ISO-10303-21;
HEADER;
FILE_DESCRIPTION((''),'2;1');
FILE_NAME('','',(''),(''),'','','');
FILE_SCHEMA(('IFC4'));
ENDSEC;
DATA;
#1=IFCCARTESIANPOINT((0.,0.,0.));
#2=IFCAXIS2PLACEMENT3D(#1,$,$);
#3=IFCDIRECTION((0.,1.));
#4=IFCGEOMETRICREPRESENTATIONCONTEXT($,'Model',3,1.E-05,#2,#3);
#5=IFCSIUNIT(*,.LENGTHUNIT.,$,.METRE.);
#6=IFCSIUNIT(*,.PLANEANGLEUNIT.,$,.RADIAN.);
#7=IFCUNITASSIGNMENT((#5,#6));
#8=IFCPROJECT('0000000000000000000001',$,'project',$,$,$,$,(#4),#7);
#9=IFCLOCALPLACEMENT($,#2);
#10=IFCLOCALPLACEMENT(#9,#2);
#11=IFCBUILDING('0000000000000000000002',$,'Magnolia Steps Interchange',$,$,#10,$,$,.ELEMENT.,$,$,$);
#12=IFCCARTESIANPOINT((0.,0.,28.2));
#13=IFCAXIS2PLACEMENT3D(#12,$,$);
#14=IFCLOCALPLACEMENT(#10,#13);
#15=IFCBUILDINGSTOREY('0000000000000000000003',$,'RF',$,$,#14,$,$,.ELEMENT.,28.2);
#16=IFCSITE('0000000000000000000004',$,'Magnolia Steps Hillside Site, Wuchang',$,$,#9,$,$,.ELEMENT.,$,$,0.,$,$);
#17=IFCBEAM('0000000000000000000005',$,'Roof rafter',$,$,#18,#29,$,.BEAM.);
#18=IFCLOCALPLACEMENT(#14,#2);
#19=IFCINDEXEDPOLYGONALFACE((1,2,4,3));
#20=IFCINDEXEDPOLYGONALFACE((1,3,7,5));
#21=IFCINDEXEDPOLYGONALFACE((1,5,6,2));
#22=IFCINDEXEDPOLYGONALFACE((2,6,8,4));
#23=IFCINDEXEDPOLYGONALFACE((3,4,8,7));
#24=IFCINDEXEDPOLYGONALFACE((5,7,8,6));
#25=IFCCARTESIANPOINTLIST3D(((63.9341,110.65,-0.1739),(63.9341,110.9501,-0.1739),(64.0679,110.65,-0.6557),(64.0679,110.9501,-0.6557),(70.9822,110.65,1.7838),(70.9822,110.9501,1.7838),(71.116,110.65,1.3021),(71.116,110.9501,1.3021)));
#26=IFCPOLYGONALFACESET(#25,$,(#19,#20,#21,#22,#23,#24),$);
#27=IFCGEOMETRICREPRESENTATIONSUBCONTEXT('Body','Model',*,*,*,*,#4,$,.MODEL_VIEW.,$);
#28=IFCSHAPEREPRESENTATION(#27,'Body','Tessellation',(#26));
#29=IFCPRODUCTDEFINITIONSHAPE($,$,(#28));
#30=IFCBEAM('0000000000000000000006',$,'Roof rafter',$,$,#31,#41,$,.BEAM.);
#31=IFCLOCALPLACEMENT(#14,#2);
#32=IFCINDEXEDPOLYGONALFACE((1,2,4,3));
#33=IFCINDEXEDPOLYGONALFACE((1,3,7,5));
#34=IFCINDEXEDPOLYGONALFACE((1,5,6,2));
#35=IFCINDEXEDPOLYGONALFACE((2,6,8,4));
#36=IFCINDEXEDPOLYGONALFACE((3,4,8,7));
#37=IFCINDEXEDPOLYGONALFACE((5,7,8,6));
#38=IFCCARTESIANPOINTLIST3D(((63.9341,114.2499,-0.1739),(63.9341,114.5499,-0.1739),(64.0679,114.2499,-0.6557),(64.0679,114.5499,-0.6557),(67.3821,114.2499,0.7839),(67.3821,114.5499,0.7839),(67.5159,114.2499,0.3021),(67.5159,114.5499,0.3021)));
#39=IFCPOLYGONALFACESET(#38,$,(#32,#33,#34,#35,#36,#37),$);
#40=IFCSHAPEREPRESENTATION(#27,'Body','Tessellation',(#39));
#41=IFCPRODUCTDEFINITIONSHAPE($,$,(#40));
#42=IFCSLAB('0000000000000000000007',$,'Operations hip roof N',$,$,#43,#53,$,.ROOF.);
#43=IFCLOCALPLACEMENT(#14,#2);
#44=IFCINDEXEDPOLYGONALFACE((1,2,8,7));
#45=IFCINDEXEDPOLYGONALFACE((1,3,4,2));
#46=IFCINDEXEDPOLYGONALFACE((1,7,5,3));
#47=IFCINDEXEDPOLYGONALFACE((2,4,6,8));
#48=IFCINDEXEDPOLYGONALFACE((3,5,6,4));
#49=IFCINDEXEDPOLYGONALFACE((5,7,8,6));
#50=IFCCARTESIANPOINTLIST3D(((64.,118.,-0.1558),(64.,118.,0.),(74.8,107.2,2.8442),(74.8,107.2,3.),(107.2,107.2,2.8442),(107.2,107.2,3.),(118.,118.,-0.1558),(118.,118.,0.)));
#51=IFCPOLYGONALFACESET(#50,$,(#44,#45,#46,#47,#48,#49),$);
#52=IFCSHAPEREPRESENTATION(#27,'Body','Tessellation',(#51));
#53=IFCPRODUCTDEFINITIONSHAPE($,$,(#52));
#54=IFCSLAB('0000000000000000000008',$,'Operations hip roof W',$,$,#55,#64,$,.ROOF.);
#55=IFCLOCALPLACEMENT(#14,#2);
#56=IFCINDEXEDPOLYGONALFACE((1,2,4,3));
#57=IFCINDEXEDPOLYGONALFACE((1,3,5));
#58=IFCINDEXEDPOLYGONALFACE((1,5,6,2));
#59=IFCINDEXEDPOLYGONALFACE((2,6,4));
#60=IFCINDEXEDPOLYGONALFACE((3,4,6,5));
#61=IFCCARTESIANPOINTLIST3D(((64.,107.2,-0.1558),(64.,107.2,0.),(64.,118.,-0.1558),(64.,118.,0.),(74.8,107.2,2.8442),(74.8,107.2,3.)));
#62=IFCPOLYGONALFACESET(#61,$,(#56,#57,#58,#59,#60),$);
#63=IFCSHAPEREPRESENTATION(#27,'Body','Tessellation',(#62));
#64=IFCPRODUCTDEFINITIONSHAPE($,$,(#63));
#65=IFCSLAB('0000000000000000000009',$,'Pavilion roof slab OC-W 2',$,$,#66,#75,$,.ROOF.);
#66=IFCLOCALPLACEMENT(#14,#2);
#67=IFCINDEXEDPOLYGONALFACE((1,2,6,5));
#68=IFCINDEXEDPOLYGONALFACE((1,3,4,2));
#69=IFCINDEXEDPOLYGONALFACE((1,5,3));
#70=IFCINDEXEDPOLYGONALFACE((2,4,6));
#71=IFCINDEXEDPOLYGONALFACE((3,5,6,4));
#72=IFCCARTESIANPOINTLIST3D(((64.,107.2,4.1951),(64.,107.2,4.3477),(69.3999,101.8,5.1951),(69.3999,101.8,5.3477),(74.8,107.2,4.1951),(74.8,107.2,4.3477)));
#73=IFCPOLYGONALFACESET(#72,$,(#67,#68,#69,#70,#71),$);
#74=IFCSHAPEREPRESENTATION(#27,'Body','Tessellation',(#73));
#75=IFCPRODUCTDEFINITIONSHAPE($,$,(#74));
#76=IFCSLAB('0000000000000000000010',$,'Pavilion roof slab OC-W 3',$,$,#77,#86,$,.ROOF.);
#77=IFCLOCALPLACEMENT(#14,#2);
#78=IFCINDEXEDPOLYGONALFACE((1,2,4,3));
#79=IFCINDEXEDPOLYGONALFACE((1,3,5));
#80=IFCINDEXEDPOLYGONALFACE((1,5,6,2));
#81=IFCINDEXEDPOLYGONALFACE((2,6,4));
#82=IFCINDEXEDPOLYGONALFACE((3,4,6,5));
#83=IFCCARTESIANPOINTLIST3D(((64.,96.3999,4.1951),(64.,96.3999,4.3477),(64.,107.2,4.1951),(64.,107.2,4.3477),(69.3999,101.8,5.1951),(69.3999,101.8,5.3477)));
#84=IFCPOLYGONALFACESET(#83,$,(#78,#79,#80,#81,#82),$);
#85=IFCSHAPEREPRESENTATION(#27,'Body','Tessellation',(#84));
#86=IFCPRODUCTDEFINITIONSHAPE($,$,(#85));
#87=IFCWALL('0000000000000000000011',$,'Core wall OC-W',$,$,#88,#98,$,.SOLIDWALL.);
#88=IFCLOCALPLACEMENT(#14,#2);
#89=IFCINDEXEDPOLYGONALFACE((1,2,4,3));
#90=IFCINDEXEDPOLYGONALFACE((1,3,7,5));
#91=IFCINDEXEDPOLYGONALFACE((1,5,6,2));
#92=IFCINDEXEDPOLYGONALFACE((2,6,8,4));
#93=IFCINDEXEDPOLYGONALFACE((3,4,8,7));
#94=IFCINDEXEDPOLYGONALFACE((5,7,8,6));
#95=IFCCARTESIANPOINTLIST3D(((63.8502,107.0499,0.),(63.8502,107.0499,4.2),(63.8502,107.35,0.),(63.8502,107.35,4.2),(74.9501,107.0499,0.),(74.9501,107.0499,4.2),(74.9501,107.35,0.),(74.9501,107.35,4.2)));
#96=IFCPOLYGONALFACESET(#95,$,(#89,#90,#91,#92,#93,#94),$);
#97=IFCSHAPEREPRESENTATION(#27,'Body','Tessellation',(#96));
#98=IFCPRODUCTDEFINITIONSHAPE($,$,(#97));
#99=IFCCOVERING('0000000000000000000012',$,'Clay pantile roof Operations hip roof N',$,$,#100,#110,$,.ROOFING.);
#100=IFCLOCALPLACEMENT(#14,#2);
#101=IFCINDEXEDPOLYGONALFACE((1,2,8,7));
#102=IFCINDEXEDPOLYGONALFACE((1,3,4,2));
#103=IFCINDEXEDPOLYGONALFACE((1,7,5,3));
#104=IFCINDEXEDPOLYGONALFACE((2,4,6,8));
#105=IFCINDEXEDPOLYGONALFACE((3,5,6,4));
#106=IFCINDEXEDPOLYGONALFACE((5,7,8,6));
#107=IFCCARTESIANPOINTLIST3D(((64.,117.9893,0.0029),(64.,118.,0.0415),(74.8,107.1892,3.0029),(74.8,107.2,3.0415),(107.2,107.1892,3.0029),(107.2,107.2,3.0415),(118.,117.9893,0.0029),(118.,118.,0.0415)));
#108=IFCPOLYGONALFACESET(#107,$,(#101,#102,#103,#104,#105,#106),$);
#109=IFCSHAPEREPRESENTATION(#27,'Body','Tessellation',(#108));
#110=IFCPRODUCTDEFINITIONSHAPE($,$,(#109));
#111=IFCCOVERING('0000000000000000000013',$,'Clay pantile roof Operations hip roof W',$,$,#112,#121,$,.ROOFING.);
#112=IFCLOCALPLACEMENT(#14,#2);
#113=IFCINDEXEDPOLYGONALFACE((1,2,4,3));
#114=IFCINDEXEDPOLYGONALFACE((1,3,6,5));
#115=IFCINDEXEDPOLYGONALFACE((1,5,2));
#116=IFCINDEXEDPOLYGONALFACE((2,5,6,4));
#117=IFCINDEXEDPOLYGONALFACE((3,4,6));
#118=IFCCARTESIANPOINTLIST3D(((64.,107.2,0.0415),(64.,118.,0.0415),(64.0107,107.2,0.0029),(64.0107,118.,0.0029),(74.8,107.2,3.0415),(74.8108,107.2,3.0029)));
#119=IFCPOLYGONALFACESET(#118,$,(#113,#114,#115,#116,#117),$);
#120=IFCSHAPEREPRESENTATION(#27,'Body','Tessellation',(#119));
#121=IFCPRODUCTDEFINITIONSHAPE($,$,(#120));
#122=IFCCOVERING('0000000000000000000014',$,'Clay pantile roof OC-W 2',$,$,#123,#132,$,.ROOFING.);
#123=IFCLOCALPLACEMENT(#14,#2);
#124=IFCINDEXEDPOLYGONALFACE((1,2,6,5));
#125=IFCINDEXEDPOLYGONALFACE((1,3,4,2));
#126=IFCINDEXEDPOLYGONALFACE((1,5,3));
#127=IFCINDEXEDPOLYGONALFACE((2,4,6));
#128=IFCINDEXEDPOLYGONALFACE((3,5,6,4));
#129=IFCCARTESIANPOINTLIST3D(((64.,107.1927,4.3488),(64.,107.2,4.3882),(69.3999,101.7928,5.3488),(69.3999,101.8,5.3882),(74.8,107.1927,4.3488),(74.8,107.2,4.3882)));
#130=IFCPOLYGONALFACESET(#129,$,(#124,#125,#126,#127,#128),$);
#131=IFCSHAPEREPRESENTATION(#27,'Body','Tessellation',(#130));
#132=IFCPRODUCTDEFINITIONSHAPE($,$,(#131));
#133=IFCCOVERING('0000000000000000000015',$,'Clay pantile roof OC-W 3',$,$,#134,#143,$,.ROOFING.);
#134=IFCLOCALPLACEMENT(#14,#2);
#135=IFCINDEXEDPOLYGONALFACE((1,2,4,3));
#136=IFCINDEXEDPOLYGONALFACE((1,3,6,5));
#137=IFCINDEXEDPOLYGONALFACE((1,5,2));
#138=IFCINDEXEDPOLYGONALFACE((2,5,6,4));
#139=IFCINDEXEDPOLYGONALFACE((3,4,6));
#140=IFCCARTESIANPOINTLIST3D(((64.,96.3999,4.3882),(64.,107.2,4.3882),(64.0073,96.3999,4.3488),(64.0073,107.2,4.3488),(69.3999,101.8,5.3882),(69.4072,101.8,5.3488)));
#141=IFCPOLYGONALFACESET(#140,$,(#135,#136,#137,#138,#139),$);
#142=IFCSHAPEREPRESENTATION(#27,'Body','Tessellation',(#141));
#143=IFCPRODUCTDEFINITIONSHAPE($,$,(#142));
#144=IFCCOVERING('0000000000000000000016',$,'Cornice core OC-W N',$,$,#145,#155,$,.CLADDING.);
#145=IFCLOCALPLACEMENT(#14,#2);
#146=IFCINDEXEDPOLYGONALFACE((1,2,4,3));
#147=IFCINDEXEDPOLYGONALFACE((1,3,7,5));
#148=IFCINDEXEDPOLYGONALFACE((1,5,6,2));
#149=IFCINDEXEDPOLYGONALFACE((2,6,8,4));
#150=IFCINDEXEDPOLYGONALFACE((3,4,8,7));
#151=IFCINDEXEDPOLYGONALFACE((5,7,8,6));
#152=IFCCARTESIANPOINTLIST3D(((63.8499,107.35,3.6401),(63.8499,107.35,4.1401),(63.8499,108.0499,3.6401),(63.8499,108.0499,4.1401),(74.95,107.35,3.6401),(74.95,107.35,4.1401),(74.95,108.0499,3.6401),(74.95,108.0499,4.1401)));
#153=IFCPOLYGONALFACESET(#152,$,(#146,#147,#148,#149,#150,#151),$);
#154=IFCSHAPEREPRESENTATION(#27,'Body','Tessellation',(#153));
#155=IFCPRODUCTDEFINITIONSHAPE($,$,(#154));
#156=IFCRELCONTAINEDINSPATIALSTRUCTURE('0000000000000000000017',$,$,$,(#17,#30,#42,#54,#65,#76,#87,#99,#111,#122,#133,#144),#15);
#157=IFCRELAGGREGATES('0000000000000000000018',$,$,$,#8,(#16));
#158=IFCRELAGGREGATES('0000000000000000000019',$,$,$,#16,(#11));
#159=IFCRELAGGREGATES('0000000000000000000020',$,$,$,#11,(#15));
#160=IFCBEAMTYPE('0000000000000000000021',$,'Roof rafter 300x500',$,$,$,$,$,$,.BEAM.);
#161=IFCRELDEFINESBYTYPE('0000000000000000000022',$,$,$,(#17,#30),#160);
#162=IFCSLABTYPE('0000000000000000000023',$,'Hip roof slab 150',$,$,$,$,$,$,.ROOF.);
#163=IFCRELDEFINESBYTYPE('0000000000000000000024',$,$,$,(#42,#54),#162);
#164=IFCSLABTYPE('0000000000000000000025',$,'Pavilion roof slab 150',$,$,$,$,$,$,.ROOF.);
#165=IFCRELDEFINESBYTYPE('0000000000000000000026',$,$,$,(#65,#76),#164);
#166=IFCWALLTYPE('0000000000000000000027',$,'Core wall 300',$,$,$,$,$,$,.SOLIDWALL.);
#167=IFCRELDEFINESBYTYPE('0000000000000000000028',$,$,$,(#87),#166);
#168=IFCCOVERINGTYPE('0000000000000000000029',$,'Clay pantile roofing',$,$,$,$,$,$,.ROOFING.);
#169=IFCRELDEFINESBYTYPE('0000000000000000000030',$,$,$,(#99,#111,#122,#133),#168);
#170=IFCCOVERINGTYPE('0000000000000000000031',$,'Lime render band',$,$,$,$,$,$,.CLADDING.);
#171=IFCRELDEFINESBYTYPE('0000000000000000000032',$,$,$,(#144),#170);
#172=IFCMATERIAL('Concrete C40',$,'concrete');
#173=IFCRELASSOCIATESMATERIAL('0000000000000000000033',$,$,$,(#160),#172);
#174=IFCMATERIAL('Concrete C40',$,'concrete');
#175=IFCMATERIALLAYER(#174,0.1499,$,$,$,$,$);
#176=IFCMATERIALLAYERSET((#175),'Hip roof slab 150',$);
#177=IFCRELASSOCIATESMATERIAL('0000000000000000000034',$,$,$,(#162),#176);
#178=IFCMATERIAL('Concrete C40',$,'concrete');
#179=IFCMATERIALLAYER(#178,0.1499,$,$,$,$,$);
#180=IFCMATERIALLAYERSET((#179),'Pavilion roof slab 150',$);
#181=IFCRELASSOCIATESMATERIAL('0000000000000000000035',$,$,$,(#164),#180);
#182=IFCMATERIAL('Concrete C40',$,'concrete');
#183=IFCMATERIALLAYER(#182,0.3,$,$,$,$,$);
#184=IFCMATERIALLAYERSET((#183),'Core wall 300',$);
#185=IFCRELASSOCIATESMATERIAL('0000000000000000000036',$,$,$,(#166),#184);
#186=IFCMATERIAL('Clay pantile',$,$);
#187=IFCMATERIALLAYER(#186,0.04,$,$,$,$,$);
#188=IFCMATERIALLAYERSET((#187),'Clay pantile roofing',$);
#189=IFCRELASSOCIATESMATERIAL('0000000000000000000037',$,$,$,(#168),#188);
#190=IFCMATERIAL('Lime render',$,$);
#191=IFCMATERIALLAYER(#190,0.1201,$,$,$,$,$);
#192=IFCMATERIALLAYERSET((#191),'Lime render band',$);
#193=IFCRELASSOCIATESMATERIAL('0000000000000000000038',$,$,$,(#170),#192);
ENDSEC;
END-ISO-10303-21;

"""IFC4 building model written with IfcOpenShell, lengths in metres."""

from ifc_helpers import new_model, si_unit, direction, frame, frame_2d, origin, origin_2d, place, context, subcontext, project, spatial, polyline, rectangle, outline, extrude, material, layer, layer_set, material_profile, profile_set, type_object, element, save


model = new_model("IFC4")

# Units and contexts
model_context = context("Model", 3, precision=1e-05, world=origin(), true_north=direction((0.0, 1.0)))
body_context = subcontext(model_context, "Body", "Model", "MODEL_VIEW")
ifc_project = project(units=[si_unit("LENGTHUNIT", "METRE"), si_unit("PLANEANGLEUNIT", "RADIAN")], contexts=[model_context])

# Site, building, storey
site_placement = place(None, origin())
site = spatial("IfcSite", under=ifc_project, at=site_placement, Name="Magnolia Steps Hillside Site, Wuchang", CompositionType="ELEMENT", RefElevation=0.0)
building_placement = place(site_placement, origin())
building = spatial("IfcBuilding", under=site, at=building_placement, Name="Magnolia Steps Interchange", CompositionType="ELEMENT")
storey_placement = place(building_placement, frame((0.0, 0.0, 28.2)))
storey = spatial("IfcBuildingStorey", under=building, at=storey_placement, Name="RF", CompositionType="ELEMENT", Elevation=28.2)

# Beams
ifc_material_1 = material(Name="Concrete C40", Category="concrete")
ifc_material_profile_1 = material_profile(ifc_material_1, rectangle(XDim=0.3, YDim=0.5, at=origin_2d()), Name="RC300x500")
ifc_profile_set_1 = profile_set([ifc_material_profile_1], Name="Concrete C40")
beam_type_1 = type_object("IfcBeamType", Name="Roof rafter 300x500", PredefinedType="BEAM", material=ifc_profile_set_1)
beam_1_placement = place(storey_placement, frame((64.001, 110.8, -0.4148), z_axis=(0.963519, 0.0, 0.267639), x_axis=(0.0, 1.0, 0.0)))
element("IfcBeam", 1, at=beam_1_placement, inside=storey, type_object=beam_type_1, Name="Roof rafter", PredefinedType="BEAM", context=body_context, shape_type="SweptSolid", body=[
    extrude(rectangle(XDim=0.3, YDim=0.5, at=origin_2d()), origin(), (0.0, 0.0, 1.0), 7.3149),
])
beam_2_placement = place(storey_placement, frame((64.001, 114.3999, -0.4148), z_axis=(0.963519, 0.0, 0.26764), x_axis=(0.0, 1.0, 0.0)))
element("IfcBeam", 2, at=beam_2_placement, inside=storey, type_object=beam_type_1, Name="Roof rafter", PredefinedType="BEAM", context=body_context, shape_type="SweptSolid", body=[
    extrude(rectangle(XDim=0.3, YDim=0.5, at=origin_2d()), origin(), (0.0, 0.0, 1.0), 3.5786),
])

# Slabs
ifc_material_2 = material(Name="Concrete C40", Category="concrete")
ifc_layer_1 = layer(ifc_material_2, 0.1499)
ifc_layer_set_1 = layer_set([ifc_layer_1], Name="Hip roof slab 150")
slab_type_1 = type_object("IfcSlabType", Name="Hip roof slab 150", PredefinedType="ROOF", material=ifc_layer_set_1)
slab_1_placement = place(storey_placement, frame((74.8, 107.2, 3.0), z_axis=(0.0, 0.267643, 0.963518), x_axis=(1.0, 0.0, 0.0)))
element("IfcSlab", 3, at=slab_1_placement, inside=storey, type_object=slab_type_1, Name="Operations hip roof N", PredefinedType="ROOF", context=body_context, shape_type="SweptSolid", body=[
    extrude(outline(polyline([(0.0, 0.0), (32.3999, 0.0), (43.2, 11.209), (-10.8, 11.209), (0.0, 0.0)])), origin(), (0.0, 0.267643, -0.963518), 0.1558),
])
slab_2_placement = place(storey_placement, frame((64.0, 107.2, 0.0), z_axis=(-0.267643, 0.0, 0.963518), x_axis=(0.963518, 0.0, 0.267643)))
element("IfcSlab", 4, at=slab_2_placement, inside=storey, type_object=slab_type_1, Name="Operations hip roof W", PredefinedType="ROOF", context=body_context, shape_type="SweptSolid", body=[
    extrude(outline(polyline([(0.0, 0.0), (11.209, 0.0), (0.0, 10.8), (0.0, 0.0)])), origin(), (-0.267643, 0.0, -0.963518), 0.1558),
])
ifc_material_3 = material(Name="Concrete C40", Category="concrete")
ifc_layer_2 = layer(ifc_material_3, 0.1499)
ifc_layer_set_2 = layer_set([ifc_layer_2], Name="Pavilion roof slab 150")
slab_type_2 = type_object("IfcSlabType", Name="Pavilion roof slab 150", PredefinedType="ROOF", material=ifc_layer_set_2)
slab_3_placement = place(storey_placement, frame((74.8, 107.2, 4.3477), z_axis=(0.0, 0.182092, 0.983281), x_axis=(-1.0, 0.0, 0.0)))
element("IfcSlab", 5, at=slab_3_placement, inside=storey, type_object=slab_type_2, Name="Pavilion roof slab OC-W 2", PredefinedType="ROOF", context=body_context, shape_type="SweptSolid", body=[
    extrude(outline(polyline([(0.0, 0.0), (10.8, 0.0), (5.4001, 5.4917), (0.0, 0.0)])), origin(), (0.0, -0.182092, -0.983281), 0.1526),
])
slab_4_placement = place(storey_placement, frame((64.0, 107.2, 4.3477), z_axis=(-0.182092, 0.0, 0.983281), x_axis=(0.0, -1.0, 0.0)))
element("IfcSlab", 6, at=slab_4_placement, inside=storey, type_object=slab_type_2, Name="Pavilion roof slab OC-W 3", PredefinedType="ROOF", context=body_context, shape_type="SweptSolid", body=[
    extrude(outline(polyline([(0.0, 0.0), (10.8, 0.0), (5.3999, 5.4917), (0.0, 0.0)])), origin(), (0.0, -0.182092, -0.983281), 0.1526),
])

# Wall
ifc_material_4 = material(Name="Concrete C40", Category="concrete")
ifc_layer_3 = layer(ifc_material_4, 0.3)
ifc_layer_set_3 = layer_set([ifc_layer_3], Name="Core wall 300")
wall_type = type_object("IfcWallType", Name="Core wall 300", PredefinedType="SOLIDWALL", material=ifc_layer_set_3)
wall_placement = place(storey_placement, frame((74.95, 107.2, 0.0), z_axis=(0.0, 0.0, 1.0), x_axis=(-1.0, 0.0, 0.0)))
element("IfcWall", 7, at=wall_placement, inside=storey, type_object=wall_type, Name="Core wall OC-W", PredefinedType="SOLIDWALL", context=body_context, shape_type="SweptSolid", body=[
    extrude(rectangle(XDim=11.0999, YDim=0.3, at=frame_2d((5.5498, 0.0))), origin(), (0.0, 0.0, 1.0), 4.2),
])

# Coverings
ifc_material_5 = material(Name="Clay pantile")
ifc_layer_4 = layer(ifc_material_5, 0.04)
ifc_layer_set_4 = layer_set([ifc_layer_4], Name="Clay pantile roofing")
covering_type_1 = type_object("IfcCoveringType", Name="Clay pantile roofing", PredefinedType="ROOFING", material=ifc_layer_set_4)
covering_1_placement = place(storey_placement, frame((74.8, 107.2, 3.0415), z_axis=(0.0, 0.267643, 0.963518), x_axis=(1.0, 0.0, 0.0)))
element("IfcCovering", 8, at=covering_1_placement, inside=storey, type_object=covering_type_1, Name="Clay pantile roof Operations hip roof N", PredefinedType="ROOFING", context=body_context, shape_type="SweptSolid", body=[
    extrude(outline(polyline([(0.0, 0.0), (32.3999, 0.0), (43.2, 11.209), (-10.8, 11.209), (0.0, 0.0)])), origin(), (0.0, 0.0, -1.0), 0.04),
])
covering_2_placement = place(storey_placement, frame((64.0, 107.2, 0.0415), z_axis=(-0.267643, 0.0, 0.963518), x_axis=(0.963518, 0.0, 0.267643)))
element("IfcCovering", 9, at=covering_2_placement, inside=storey, type_object=covering_type_1, Name="Clay pantile roof Operations hip roof W", PredefinedType="ROOFING", context=body_context, shape_type="SweptSolid", body=[
    extrude(outline(polyline([(0.0, 0.0), (11.209, 0.0), (0.0, 10.8), (0.0, 0.0)])), origin(), (0.0, 0.0, -1.0), 0.04),
])
covering_3_placement = place(storey_placement, frame((74.8, 107.2, 4.3882), z_axis=(0.0, 0.182092, 0.983281), x_axis=(-1.0, 0.0, 0.0)))
element("IfcCovering", 10, at=covering_3_placement, inside=storey, type_object=covering_type_1, Name="Clay pantile roof OC-W 2", PredefinedType="ROOFING", context=body_context, shape_type="SweptSolid", body=[
    extrude(outline(polyline([(0.0, 0.0), (10.8, 0.0), (5.4001, 5.4917), (0.0, 0.0)])), origin(), (0.0, 0.0, -1.0), 0.04),
])
covering_4_placement = place(storey_placement, frame((64.0, 107.2, 4.3882), z_axis=(-0.182092, 0.0, 0.983281), x_axis=(0.0, -1.0, 0.0)))
element("IfcCovering", 11, at=covering_4_placement, inside=storey, type_object=covering_type_1, Name="Clay pantile roof OC-W 3", PredefinedType="ROOFING", context=body_context, shape_type="SweptSolid", body=[
    extrude(outline(polyline([(0.0, 0.0), (10.8, 0.0), (5.3999, 5.4917), (0.0, 0.0)])), origin(), (0.0, 0.0, -1.0), 0.04),
])
ifc_material_6 = material(Name="Lime render")
ifc_layer_5 = layer(ifc_material_6, 0.1201)
ifc_layer_set_5 = layer_set([ifc_layer_5], Name="Lime render band")
covering_type_2 = type_object("IfcCoveringType", Name="Lime render band", PredefinedType="CLADDING", material=ifc_layer_set_5)
covering_5_placement = place(storey_placement, frame((69.3999, 107.7, 3.6401), z_axis=(0.0, 0.0, 1.0), x_axis=(1.0, 0.0, 0.0)))
element("IfcCovering", 12, at=covering_5_placement, inside=storey, type_object=covering_type_2, Name="Cornice core OC-W N", PredefinedType="CLADDING", context=body_context, shape_type="SweptSolid", body=[
    extrude(rectangle(XDim=11.1001, YDim=0.7, at=origin_2d()), origin(), (0.0, 0.0, 1.0), 0.5),
])

save(model, "model.ifc")
